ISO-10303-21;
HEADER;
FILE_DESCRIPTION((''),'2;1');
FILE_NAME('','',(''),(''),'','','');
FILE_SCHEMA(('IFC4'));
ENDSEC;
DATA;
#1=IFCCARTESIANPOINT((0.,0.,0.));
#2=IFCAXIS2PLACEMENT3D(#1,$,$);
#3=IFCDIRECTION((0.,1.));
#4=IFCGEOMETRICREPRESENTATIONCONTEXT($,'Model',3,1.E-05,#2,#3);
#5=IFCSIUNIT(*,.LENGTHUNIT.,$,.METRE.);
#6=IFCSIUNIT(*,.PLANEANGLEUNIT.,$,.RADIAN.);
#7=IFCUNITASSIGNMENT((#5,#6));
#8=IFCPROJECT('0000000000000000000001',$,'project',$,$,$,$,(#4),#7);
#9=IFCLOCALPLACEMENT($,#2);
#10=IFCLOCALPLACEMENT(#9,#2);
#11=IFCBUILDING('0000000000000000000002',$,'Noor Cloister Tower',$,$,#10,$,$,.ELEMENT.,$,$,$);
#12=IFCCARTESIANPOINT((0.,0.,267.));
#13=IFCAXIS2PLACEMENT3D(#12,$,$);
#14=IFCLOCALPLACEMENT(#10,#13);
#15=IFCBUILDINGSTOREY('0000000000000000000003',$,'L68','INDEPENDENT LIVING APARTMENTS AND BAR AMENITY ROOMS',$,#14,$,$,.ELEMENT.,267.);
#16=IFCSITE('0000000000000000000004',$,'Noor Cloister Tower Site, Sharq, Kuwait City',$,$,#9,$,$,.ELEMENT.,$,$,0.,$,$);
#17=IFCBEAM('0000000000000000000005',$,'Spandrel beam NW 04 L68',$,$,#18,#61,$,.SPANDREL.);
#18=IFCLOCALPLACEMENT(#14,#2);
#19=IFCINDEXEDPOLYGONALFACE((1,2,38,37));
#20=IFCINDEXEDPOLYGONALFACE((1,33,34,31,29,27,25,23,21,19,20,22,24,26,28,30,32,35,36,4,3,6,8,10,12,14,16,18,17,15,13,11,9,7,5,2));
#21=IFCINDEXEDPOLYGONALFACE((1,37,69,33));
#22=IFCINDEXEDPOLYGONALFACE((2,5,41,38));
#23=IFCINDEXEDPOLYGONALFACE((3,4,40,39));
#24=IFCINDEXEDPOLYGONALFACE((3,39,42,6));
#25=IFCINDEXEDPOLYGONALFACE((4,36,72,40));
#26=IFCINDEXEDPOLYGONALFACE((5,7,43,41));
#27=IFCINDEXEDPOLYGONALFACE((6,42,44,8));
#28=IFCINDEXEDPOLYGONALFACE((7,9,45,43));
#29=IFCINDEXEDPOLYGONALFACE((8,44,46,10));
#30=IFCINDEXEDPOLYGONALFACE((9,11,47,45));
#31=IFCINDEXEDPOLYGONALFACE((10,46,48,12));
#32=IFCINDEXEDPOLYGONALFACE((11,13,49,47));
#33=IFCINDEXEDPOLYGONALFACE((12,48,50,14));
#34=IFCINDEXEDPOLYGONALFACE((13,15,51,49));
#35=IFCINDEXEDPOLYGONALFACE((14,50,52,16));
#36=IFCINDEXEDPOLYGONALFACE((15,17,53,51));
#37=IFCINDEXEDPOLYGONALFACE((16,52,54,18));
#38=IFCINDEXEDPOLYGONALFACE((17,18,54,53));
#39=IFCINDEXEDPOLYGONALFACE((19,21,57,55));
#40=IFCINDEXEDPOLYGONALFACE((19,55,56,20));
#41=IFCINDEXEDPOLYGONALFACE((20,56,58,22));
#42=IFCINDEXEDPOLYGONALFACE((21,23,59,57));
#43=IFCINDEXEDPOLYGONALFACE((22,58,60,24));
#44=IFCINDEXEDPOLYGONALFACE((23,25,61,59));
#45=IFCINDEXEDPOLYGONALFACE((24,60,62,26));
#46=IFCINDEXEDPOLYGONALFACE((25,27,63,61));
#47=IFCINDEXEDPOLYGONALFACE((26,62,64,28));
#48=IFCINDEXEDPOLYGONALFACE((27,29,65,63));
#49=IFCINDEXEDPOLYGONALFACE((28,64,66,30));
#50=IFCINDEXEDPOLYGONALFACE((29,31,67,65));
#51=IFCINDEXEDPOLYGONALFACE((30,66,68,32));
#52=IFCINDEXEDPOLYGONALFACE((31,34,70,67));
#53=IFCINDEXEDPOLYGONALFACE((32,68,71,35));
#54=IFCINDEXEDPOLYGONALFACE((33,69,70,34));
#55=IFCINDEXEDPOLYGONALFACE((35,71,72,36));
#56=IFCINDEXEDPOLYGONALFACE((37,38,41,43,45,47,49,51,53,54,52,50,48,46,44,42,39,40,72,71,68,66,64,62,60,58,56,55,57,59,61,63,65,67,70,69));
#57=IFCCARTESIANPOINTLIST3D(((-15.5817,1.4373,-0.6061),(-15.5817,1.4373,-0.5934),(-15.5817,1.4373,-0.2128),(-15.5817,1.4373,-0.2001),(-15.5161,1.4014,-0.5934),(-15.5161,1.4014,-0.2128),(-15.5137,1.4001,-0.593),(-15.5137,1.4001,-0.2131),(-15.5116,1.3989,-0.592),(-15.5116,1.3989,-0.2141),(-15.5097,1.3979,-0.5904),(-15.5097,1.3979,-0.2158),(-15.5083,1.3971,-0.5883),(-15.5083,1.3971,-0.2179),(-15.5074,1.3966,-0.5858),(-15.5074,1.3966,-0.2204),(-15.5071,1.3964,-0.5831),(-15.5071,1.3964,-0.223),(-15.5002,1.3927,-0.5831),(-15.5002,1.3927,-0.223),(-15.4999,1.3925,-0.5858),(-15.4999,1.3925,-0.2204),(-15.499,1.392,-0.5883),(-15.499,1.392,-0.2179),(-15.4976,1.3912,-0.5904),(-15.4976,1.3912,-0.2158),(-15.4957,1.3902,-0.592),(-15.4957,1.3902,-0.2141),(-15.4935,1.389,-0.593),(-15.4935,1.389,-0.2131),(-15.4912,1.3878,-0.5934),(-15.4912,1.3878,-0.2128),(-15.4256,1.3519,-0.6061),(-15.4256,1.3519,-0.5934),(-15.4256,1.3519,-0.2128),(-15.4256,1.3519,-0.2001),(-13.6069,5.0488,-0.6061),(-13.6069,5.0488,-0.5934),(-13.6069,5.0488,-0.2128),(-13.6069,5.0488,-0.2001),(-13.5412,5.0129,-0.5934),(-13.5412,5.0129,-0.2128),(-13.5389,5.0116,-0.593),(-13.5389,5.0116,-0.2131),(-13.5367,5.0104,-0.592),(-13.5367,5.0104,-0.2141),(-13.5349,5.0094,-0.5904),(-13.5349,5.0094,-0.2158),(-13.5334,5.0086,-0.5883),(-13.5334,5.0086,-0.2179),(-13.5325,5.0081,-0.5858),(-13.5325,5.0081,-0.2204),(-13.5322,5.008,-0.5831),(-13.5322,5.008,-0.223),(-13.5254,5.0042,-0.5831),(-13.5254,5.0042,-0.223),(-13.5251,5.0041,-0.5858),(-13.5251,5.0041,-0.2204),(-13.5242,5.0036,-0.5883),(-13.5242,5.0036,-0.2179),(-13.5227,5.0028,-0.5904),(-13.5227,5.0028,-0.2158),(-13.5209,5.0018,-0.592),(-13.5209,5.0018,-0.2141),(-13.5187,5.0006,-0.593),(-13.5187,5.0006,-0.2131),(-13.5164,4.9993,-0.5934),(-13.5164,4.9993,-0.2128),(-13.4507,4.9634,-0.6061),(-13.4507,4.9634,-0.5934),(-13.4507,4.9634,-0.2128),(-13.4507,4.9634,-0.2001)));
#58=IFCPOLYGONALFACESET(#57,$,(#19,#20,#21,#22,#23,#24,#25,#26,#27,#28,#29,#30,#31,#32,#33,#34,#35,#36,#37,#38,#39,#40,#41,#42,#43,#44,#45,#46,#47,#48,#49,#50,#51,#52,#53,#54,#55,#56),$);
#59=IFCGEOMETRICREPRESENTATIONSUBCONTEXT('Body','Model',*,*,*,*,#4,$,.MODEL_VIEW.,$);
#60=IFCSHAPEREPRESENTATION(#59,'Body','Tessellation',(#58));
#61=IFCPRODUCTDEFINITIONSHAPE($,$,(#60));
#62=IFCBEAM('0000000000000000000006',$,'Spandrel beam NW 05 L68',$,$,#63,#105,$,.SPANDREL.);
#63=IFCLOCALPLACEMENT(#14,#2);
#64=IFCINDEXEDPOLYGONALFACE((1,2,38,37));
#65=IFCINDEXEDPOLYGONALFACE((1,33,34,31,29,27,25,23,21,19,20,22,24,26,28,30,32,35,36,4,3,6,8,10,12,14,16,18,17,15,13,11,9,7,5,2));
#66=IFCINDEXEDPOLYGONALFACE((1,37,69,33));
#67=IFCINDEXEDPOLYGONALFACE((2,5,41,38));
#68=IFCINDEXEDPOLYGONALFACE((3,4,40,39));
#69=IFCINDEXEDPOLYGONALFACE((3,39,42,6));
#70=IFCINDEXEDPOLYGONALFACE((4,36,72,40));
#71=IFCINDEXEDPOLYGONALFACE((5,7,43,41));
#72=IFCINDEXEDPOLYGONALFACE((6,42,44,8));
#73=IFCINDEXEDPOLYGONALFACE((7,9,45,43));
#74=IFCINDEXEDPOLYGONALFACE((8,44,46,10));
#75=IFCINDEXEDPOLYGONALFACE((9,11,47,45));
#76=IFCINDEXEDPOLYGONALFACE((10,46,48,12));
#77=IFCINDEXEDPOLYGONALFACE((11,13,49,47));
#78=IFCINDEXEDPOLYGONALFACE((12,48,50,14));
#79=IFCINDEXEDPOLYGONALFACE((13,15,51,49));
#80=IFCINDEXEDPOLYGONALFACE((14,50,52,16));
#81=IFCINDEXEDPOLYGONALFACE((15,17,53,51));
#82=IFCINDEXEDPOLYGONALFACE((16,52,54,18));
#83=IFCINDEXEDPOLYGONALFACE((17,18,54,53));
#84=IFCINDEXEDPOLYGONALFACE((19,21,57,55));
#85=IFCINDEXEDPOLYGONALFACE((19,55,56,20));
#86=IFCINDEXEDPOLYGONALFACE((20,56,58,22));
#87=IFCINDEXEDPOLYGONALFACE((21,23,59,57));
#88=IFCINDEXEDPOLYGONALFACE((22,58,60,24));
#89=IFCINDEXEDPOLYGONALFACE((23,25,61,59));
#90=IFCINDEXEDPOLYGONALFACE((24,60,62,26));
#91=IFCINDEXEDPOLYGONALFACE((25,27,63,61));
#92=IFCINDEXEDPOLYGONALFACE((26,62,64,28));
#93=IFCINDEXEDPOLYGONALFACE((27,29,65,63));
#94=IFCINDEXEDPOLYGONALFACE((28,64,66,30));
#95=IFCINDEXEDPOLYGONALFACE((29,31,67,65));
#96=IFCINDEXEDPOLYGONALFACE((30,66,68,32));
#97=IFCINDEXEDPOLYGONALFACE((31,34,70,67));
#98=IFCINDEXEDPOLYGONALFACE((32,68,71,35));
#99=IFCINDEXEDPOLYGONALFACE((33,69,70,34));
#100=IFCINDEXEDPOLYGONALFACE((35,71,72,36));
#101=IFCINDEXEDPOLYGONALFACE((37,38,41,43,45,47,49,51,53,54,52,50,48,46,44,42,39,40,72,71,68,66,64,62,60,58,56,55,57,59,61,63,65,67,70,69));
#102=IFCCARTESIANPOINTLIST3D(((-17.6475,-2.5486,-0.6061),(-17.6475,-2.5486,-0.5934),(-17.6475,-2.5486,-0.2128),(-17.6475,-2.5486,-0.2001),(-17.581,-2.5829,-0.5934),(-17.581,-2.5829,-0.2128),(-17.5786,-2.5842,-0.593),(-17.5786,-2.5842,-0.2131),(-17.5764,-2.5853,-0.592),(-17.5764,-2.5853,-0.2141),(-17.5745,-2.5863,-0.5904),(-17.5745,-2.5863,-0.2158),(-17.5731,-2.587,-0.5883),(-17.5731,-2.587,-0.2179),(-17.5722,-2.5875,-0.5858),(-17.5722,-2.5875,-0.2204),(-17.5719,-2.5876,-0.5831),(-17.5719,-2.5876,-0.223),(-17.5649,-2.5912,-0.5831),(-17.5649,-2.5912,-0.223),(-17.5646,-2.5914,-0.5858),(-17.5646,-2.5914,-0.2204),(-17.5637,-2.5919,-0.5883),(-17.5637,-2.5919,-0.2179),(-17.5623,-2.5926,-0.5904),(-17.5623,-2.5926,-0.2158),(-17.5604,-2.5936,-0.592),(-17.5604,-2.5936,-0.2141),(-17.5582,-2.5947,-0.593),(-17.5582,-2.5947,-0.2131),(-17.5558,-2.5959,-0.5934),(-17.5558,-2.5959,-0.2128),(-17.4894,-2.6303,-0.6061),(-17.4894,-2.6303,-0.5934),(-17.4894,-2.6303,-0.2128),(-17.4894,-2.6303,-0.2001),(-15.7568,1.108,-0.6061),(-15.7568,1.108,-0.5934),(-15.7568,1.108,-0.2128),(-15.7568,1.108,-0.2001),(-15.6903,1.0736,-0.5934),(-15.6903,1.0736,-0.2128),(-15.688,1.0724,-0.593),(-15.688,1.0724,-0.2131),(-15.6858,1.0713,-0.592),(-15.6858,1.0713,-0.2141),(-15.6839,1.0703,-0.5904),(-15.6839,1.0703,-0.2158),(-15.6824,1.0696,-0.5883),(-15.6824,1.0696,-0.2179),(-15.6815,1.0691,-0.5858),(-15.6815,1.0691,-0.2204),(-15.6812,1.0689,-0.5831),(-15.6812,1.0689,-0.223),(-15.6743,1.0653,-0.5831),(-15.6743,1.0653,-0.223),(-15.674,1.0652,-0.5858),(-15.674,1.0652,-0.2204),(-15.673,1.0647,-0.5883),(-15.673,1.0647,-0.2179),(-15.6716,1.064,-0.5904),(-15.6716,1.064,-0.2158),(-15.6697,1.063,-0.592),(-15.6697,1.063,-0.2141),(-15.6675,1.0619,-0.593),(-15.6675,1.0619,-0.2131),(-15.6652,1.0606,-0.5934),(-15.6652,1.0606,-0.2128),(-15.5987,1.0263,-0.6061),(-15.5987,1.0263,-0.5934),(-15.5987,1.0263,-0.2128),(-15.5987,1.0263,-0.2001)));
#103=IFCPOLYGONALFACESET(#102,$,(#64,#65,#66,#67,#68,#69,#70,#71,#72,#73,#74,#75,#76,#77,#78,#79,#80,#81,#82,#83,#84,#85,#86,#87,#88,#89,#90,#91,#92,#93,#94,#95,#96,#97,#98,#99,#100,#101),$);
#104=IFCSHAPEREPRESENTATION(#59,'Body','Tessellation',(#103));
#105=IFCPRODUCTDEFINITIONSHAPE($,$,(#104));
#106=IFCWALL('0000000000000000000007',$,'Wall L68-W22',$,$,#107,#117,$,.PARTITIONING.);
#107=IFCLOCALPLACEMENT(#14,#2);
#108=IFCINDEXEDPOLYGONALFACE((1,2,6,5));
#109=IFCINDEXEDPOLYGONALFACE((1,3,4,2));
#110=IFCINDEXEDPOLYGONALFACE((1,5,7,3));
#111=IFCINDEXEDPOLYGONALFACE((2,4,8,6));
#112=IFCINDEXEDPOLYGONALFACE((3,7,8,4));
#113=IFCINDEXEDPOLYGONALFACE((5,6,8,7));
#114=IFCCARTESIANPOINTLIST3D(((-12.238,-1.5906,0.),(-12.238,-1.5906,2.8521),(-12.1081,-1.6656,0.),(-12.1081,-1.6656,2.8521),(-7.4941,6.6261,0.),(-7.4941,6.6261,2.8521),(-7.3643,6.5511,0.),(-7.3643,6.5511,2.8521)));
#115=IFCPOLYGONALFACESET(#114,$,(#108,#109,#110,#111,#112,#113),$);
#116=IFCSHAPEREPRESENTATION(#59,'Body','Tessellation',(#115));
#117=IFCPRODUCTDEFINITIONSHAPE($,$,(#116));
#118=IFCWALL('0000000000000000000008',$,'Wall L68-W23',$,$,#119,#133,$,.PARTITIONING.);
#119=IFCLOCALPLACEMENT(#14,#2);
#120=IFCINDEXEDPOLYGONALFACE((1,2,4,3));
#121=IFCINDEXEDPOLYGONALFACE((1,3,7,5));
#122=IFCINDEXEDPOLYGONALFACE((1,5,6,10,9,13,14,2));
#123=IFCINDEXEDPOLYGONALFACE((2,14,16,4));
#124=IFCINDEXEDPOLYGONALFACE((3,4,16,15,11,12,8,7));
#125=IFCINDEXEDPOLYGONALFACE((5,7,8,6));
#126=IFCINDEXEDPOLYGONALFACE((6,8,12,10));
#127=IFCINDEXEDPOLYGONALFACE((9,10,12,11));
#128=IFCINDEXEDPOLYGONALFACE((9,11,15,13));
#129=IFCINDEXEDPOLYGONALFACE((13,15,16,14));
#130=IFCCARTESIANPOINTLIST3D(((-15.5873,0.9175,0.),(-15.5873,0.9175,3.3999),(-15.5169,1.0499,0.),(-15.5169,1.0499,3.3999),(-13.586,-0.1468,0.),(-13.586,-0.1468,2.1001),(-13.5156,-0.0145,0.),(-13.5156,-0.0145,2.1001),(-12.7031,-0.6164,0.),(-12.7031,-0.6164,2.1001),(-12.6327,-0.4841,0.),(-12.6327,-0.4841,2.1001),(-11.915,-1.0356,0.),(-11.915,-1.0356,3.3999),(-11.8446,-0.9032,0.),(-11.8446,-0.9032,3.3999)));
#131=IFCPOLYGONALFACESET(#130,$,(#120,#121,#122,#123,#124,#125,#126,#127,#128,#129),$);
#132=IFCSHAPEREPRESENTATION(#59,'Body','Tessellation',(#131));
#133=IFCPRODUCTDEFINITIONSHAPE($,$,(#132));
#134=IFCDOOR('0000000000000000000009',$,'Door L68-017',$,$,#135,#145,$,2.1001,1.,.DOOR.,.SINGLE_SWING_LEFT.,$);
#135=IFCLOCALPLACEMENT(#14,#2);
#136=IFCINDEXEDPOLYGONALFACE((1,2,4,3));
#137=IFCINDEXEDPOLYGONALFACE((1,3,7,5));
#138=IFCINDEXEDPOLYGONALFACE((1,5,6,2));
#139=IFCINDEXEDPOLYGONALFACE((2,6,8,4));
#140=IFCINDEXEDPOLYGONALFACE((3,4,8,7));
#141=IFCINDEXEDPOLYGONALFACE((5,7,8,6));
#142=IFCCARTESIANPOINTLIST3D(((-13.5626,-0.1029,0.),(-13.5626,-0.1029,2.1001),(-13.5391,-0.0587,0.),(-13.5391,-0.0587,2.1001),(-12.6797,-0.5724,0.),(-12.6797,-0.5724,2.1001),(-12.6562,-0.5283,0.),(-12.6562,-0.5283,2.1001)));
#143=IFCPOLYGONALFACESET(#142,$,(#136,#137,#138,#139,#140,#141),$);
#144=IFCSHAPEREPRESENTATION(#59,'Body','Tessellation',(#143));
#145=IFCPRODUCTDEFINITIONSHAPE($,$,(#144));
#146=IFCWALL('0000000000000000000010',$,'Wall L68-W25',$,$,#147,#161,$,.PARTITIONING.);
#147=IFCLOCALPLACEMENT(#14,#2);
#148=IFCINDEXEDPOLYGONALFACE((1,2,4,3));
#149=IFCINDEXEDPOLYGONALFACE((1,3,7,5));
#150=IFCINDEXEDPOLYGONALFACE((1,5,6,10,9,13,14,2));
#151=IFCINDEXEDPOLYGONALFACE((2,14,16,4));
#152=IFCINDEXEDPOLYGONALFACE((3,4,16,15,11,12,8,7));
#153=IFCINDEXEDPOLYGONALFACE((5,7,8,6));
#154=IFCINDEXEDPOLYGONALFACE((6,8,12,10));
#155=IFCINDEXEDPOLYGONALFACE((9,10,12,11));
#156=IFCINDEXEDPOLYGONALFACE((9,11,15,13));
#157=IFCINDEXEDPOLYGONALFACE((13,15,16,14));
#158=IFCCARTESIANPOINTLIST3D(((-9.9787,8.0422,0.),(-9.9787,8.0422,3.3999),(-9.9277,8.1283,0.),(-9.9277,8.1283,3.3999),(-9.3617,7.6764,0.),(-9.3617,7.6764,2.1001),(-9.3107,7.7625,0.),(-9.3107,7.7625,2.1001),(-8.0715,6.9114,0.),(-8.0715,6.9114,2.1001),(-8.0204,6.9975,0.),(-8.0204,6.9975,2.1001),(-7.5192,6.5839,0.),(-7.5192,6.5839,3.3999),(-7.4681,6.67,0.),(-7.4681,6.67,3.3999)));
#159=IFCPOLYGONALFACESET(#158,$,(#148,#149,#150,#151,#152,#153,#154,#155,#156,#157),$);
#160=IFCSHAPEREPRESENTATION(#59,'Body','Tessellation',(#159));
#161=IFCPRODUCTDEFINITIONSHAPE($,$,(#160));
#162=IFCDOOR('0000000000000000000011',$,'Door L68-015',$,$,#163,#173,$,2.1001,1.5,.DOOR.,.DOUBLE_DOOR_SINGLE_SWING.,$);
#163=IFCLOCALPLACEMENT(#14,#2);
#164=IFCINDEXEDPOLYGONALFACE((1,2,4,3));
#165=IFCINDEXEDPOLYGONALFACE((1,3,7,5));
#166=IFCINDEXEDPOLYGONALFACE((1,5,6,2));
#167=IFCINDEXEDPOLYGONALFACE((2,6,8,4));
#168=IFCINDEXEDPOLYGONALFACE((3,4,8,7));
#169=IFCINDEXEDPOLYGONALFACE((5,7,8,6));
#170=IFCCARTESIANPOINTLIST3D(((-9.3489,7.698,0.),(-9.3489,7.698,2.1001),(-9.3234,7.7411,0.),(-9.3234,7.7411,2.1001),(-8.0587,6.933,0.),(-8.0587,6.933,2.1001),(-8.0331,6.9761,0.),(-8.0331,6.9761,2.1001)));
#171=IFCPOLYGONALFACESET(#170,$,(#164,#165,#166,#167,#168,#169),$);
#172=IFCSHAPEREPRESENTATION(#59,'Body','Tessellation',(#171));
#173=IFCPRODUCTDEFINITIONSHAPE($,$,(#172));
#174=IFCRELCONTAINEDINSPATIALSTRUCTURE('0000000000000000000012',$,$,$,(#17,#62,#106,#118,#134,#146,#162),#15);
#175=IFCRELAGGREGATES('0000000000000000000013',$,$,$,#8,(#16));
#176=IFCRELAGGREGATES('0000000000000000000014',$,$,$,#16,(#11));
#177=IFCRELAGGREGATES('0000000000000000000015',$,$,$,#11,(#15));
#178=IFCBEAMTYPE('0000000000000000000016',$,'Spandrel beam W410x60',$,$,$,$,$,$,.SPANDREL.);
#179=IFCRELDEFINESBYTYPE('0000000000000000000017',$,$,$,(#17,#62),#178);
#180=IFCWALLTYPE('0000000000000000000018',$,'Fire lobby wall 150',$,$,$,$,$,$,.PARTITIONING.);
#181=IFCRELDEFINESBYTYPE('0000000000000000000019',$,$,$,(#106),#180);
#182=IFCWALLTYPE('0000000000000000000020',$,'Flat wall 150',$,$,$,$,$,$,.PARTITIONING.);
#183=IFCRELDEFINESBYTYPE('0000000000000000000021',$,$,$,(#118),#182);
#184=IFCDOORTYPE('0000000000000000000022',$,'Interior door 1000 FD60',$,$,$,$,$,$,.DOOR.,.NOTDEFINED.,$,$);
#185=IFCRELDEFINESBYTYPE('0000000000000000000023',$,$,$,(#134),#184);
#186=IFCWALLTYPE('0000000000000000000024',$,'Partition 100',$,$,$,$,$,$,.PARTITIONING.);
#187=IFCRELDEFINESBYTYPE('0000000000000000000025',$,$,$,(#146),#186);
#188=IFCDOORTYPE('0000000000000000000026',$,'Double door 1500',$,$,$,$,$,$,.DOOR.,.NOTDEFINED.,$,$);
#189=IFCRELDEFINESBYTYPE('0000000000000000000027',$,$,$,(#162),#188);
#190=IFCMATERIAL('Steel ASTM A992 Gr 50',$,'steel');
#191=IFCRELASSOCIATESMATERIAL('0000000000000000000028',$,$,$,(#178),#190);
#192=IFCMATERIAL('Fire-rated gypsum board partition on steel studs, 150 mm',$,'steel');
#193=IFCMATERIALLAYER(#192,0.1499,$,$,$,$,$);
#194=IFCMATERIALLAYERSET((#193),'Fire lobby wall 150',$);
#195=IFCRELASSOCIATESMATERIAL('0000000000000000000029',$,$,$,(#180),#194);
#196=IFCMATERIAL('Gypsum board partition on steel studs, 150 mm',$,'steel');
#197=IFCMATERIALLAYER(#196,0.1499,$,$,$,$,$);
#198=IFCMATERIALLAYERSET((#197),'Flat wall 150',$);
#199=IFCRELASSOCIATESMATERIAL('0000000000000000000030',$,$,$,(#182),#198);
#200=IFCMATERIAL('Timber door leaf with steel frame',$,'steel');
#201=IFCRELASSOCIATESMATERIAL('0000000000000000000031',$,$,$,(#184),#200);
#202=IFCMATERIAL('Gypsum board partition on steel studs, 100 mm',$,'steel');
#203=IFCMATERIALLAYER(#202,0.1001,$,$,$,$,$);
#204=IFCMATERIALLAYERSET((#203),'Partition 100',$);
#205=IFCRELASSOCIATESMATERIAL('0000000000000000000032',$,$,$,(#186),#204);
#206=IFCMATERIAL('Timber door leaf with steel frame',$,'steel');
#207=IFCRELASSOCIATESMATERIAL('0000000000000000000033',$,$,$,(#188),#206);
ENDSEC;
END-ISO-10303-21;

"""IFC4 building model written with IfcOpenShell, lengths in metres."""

from ifc_helpers import new_model, si_unit, direction, frame, frame_2d, origin, origin_2d, place, context, subcontext, project, spatial, rectangle, i_section, extrude, material, layer, layer_set, material_profile, profile_set, type_object, element, fill, save


model = new_model("IFC4")

# Units and contexts
model_context = context("Model", 3, precision=1e-05, world=origin(), true_north=direction((0.0, 1.0)))
body_context = subcontext(model_context, "Body", "Model", "MODEL_VIEW")
ifc_project = project(units=[si_unit("LENGTHUNIT", "METRE"), si_unit("PLANEANGLEUNIT", "RADIAN")], contexts=[model_context])

# Site, building, storey
site_placement = place(None, origin())
site = spatial("IfcSite", under=ifc_project, at=site_placement, Name="Noor Cloister Tower Site, Sharq, Kuwait City", CompositionType="ELEMENT", RefElevation=0.0)
building_placement = place(site_placement, origin())
building = spatial("IfcBuilding", under=site, at=building_placement, Name="Noor Cloister Tower", CompositionType="ELEMENT")
storey_placement = place(building_placement, frame((0.0, 0.0, 267.0)))
storey = spatial("IfcBuildingStorey", under=building, at=storey_placement, Name="L68", Description="INDEPENDENT LIVING APARTMENTS AND BAR AMENITY ROOMS", CompositionType="ELEMENT", Elevation=267.0)

# Beams
ifc_material_1 = material(Name="Steel ASTM A992 Gr 50", Category="steel")
ifc_material_profile_1 = material_profile(ifc_material_1, i_section(OverallWidth=0.178, OverallDepth=0.406, WebThickness=0.0078, FlangeThickness=0.0127, FilletRadius=0.0103, at=origin_2d()), Name="W410x60")
ifc_profile_set_1 = profile_set([ifc_material_profile_1], Name="Steel ASTM A992 Gr 50")
beam_type_1 = type_object("IfcBeamType", Name="Spandrel beam W410x60", PredefinedType="SPANDREL", material=ifc_profile_set_1)
for number, where, z_axis, x_axis, name in (
    (1, (-13.5288, 5.0061, -0.4031), (-0.47977, -0.877394, 0.0), (0.877394, -0.47977, 0.0), "Spandrel beam NW 04 L68"),
):
    element("IfcBeam", number, at=place(storey_placement, frame(where, z_axis=z_axis, x_axis=x_axis)), inside=storey, type_object=beam_type_1, Name=name, PredefinedType="SPANDREL", context=body_context, shape_type="SweptSolid", body=[
        extrude(i_section(OverallWidth=0.178, OverallDepth=0.406, WebThickness=0.0078, FlangeThickness=0.0127, FilletRadius=0.0103, at=origin_2d()), origin(), (0.0, 0.0, 1.0), 4.1162),
    ])
beam_1_placement = place(storey_placement, frame((-15.6777, 1.0671, -0.4031), z_axis=(-0.459295, -0.888284, 0.0), x_axis=(0.888284, -0.459295, 0.0)))
element("IfcBeam", 2, at=beam_1_placement, inside=storey, type_object=beam_type_1, Name="Spandrel beam NW 05 L68", PredefinedType="SPANDREL", context=body_context, shape_type="SweptSolid", body=[
    extrude(i_section(OverallWidth=0.178, OverallDepth=0.406, WebThickness=0.0078, FlangeThickness=0.0127, FilletRadius=0.0103, at=origin_2d()), origin(), (0.0, 0.0, 1.0), 4.1165),
])

# Wall
ifc_material_2 = material(Name="Fire-rated gypsum board partition on steel studs, 150 mm", Category="steel")
ifc_layer_1 = layer(ifc_material_2, 0.1499)
ifc_layer_set_1 = layer_set([ifc_layer_1], Name="Fire lobby wall 150")
wall_type_1 = type_object("IfcWallType", Name="Fire lobby wall 150", PredefinedType="PARTITIONING", material=ifc_layer_set_1)
wall_1_placement = place(storey_placement, frame((-7.4292, 6.5886, 0.0), z_axis=(0.0, 0.0, 1.0), x_axis=(-0.499994, -0.866029, 0.0)))
element("IfcWall", 3, at=wall_1_placement, inside=storey, type_object=wall_type_1, Name="Wall L68-W22", PredefinedType="PARTITIONING", context=body_context, shape_type="SweptSolid", body=[
    extrude(rectangle(XDim=9.4878, YDim=0.1499, at=frame_2d((4.7439, 0.0))), origin(), (0.0, 0.0, 1.0), 2.8521),
])

# Walls, openings, doors
ifc_material_3 = material(Name="Gypsum board partition on steel studs, 150 mm", Category="steel")
ifc_layer_2 = layer(ifc_material_3, 0.1499)
ifc_layer_set_2 = layer_set([ifc_layer_2], Name="Flat wall 150")
wall_type_2 = type_object("IfcWallType", Name="Flat wall 150", PredefinedType="PARTITIONING", material=ifc_layer_set_2)
wall_2_placement = place(storey_placement, frame((-15.552, 0.9836, 0.0), z_axis=(0.0, 0.0, 1.0), x_axis=(0.882898, -0.469564, 0.0)))
wall_2 = element("IfcWall", 4, at=wall_2_placement, inside=storey, type_object=wall_type_2, Name="Wall L68-W23", PredefinedType="PARTITIONING", context=body_context, shape_type="SweptSolid", body=[
    extrude(rectangle(XDim=4.1594, YDim=0.1499, at=frame_2d((2.0796, 0.0))), origin(), (0.0, 0.0, 1.0), 3.3999),
])
opening_1_placement = place(wall_2_placement, frame((2.2666, 0.0, 0.0)))
opening_1 = element("IfcOpeningElement", 5, at=opening_1_placement, cuts=wall_2, PredefinedType="OPENING", context=body_context, shape_type="SweptSolid", body=[
    extrude(rectangle(XDim=1.0, YDim=2.1001, at=frame_2d((0.5, 1.05))), frame((0.0, 0.085, 0.0), z_axis=(0.0, -1.0, 0.0), x_axis=(1.0, 0.0, 0.0)), (0.0, 0.0, 1.0), 0.1699),
])
ifc_material_4 = material(Name="Timber door leaf with steel frame", Category="steel")
door_type_1 = type_object("IfcDoorType", Name="Interior door 1000 FD60", OperationType="NOTDEFINED", PredefinedType="DOOR", material=ifc_material_4)
door_1_placement = place(opening_1_placement, origin())
door_1 = element("IfcDoor", 6, at=door_1_placement, inside=storey, type_object=door_type_1, Name="Door L68-017", OperationType="SINGLE_SWING_LEFT", OverallHeight=2.1001, OverallWidth=1.0, PredefinedType="DOOR", context=body_context, shape_type="SweptSolid", body=[
    extrude(rectangle(XDim=1.0, YDim=2.1001, at=frame_2d((0.5, 1.05))), frame((0.0, 0.0249, 0.0), z_axis=(0.0, -1.0, 0.0), x_axis=(1.0, 0.0, 0.0)), (0.0, 0.0, 1.0), 0.05),
])
fill(opening_1, door_1)
ifc_material_5 = material(Name="Gypsum board partition on steel studs, 100 mm", Category="steel")
ifc_layer_3 = layer(ifc_material_5, 0.1001)
ifc_layer_set_3 = layer_set([ifc_layer_3], Name="Partition 100")
wall_type_3 = type_object("IfcWallType", Name="Partition 100", PredefinedType="PARTITIONING", material=ifc_layer_set_3)
wall_3_placement = place(storey_placement, frame((-7.4937, 6.627, 0.0), z_axis=(0.0, 0.0, 1.0), x_axis=(-0.860171, 0.510006, 0.0)))
wall_3 = element("IfcWall", 7, at=wall_3_placement, inside=storey, type_object=wall_type_3, Name="Wall L68-W25", PredefinedType="PARTITIONING", context=body_context, shape_type="SweptSolid", body=[
    extrude(rectangle(XDim=2.8594, YDim=0.1001, at=frame_2d((1.4297, 0.0))), origin(), (0.0, 0.0, 1.0), 3.3999),
])
opening_2_placement = place(wall_3_placement, frame((0.6421, 0.0, 0.0)))
opening_2 = element("IfcOpeningElement", 8, at=opening_2_placement, cuts=wall_3, PredefinedType="OPENING", context=body_context, shape_type="SweptSolid", body=[
    extrude(rectangle(XDim=1.5, YDim=2.1001, at=frame_2d((0.75, 1.05))), frame((0.0, 0.0601, 0.0), z_axis=(0.0, -1.0, 0.0), x_axis=(1.0, 0.0, 0.0)), (0.0, 0.0, 1.0), 0.1201),
])
ifc_material_6 = material(Name="Timber door leaf with steel frame", Category="steel")
door_type_2 = type_object("IfcDoorType", Name="Double door 1500", OperationType="NOTDEFINED", PredefinedType="DOOR", material=ifc_material_6)
door_2_placement = place(opening_2_placement, origin())
door_2 = element("IfcDoor", 9, at=door_2_placement, inside=storey, type_object=door_type_2, Name="Door L68-015", OperationType="DOUBLE_DOOR_SINGLE_SWING", OverallHeight=2.1001, OverallWidth=1.5, PredefinedType="DOOR", context=body_context, shape_type="SweptSolid", body=[
    extrude(rectangle(XDim=1.5, YDim=2.1001, at=frame_2d((0.75, 1.05))), frame((0.0, 0.0249, 0.0), z_axis=(0.0, -1.0, 0.0), x_axis=(1.0, 0.0, 0.0)), (0.0, 0.0, 1.0), 0.05),
])
fill(opening_2, door_2)

save(model, "model.ifc")
